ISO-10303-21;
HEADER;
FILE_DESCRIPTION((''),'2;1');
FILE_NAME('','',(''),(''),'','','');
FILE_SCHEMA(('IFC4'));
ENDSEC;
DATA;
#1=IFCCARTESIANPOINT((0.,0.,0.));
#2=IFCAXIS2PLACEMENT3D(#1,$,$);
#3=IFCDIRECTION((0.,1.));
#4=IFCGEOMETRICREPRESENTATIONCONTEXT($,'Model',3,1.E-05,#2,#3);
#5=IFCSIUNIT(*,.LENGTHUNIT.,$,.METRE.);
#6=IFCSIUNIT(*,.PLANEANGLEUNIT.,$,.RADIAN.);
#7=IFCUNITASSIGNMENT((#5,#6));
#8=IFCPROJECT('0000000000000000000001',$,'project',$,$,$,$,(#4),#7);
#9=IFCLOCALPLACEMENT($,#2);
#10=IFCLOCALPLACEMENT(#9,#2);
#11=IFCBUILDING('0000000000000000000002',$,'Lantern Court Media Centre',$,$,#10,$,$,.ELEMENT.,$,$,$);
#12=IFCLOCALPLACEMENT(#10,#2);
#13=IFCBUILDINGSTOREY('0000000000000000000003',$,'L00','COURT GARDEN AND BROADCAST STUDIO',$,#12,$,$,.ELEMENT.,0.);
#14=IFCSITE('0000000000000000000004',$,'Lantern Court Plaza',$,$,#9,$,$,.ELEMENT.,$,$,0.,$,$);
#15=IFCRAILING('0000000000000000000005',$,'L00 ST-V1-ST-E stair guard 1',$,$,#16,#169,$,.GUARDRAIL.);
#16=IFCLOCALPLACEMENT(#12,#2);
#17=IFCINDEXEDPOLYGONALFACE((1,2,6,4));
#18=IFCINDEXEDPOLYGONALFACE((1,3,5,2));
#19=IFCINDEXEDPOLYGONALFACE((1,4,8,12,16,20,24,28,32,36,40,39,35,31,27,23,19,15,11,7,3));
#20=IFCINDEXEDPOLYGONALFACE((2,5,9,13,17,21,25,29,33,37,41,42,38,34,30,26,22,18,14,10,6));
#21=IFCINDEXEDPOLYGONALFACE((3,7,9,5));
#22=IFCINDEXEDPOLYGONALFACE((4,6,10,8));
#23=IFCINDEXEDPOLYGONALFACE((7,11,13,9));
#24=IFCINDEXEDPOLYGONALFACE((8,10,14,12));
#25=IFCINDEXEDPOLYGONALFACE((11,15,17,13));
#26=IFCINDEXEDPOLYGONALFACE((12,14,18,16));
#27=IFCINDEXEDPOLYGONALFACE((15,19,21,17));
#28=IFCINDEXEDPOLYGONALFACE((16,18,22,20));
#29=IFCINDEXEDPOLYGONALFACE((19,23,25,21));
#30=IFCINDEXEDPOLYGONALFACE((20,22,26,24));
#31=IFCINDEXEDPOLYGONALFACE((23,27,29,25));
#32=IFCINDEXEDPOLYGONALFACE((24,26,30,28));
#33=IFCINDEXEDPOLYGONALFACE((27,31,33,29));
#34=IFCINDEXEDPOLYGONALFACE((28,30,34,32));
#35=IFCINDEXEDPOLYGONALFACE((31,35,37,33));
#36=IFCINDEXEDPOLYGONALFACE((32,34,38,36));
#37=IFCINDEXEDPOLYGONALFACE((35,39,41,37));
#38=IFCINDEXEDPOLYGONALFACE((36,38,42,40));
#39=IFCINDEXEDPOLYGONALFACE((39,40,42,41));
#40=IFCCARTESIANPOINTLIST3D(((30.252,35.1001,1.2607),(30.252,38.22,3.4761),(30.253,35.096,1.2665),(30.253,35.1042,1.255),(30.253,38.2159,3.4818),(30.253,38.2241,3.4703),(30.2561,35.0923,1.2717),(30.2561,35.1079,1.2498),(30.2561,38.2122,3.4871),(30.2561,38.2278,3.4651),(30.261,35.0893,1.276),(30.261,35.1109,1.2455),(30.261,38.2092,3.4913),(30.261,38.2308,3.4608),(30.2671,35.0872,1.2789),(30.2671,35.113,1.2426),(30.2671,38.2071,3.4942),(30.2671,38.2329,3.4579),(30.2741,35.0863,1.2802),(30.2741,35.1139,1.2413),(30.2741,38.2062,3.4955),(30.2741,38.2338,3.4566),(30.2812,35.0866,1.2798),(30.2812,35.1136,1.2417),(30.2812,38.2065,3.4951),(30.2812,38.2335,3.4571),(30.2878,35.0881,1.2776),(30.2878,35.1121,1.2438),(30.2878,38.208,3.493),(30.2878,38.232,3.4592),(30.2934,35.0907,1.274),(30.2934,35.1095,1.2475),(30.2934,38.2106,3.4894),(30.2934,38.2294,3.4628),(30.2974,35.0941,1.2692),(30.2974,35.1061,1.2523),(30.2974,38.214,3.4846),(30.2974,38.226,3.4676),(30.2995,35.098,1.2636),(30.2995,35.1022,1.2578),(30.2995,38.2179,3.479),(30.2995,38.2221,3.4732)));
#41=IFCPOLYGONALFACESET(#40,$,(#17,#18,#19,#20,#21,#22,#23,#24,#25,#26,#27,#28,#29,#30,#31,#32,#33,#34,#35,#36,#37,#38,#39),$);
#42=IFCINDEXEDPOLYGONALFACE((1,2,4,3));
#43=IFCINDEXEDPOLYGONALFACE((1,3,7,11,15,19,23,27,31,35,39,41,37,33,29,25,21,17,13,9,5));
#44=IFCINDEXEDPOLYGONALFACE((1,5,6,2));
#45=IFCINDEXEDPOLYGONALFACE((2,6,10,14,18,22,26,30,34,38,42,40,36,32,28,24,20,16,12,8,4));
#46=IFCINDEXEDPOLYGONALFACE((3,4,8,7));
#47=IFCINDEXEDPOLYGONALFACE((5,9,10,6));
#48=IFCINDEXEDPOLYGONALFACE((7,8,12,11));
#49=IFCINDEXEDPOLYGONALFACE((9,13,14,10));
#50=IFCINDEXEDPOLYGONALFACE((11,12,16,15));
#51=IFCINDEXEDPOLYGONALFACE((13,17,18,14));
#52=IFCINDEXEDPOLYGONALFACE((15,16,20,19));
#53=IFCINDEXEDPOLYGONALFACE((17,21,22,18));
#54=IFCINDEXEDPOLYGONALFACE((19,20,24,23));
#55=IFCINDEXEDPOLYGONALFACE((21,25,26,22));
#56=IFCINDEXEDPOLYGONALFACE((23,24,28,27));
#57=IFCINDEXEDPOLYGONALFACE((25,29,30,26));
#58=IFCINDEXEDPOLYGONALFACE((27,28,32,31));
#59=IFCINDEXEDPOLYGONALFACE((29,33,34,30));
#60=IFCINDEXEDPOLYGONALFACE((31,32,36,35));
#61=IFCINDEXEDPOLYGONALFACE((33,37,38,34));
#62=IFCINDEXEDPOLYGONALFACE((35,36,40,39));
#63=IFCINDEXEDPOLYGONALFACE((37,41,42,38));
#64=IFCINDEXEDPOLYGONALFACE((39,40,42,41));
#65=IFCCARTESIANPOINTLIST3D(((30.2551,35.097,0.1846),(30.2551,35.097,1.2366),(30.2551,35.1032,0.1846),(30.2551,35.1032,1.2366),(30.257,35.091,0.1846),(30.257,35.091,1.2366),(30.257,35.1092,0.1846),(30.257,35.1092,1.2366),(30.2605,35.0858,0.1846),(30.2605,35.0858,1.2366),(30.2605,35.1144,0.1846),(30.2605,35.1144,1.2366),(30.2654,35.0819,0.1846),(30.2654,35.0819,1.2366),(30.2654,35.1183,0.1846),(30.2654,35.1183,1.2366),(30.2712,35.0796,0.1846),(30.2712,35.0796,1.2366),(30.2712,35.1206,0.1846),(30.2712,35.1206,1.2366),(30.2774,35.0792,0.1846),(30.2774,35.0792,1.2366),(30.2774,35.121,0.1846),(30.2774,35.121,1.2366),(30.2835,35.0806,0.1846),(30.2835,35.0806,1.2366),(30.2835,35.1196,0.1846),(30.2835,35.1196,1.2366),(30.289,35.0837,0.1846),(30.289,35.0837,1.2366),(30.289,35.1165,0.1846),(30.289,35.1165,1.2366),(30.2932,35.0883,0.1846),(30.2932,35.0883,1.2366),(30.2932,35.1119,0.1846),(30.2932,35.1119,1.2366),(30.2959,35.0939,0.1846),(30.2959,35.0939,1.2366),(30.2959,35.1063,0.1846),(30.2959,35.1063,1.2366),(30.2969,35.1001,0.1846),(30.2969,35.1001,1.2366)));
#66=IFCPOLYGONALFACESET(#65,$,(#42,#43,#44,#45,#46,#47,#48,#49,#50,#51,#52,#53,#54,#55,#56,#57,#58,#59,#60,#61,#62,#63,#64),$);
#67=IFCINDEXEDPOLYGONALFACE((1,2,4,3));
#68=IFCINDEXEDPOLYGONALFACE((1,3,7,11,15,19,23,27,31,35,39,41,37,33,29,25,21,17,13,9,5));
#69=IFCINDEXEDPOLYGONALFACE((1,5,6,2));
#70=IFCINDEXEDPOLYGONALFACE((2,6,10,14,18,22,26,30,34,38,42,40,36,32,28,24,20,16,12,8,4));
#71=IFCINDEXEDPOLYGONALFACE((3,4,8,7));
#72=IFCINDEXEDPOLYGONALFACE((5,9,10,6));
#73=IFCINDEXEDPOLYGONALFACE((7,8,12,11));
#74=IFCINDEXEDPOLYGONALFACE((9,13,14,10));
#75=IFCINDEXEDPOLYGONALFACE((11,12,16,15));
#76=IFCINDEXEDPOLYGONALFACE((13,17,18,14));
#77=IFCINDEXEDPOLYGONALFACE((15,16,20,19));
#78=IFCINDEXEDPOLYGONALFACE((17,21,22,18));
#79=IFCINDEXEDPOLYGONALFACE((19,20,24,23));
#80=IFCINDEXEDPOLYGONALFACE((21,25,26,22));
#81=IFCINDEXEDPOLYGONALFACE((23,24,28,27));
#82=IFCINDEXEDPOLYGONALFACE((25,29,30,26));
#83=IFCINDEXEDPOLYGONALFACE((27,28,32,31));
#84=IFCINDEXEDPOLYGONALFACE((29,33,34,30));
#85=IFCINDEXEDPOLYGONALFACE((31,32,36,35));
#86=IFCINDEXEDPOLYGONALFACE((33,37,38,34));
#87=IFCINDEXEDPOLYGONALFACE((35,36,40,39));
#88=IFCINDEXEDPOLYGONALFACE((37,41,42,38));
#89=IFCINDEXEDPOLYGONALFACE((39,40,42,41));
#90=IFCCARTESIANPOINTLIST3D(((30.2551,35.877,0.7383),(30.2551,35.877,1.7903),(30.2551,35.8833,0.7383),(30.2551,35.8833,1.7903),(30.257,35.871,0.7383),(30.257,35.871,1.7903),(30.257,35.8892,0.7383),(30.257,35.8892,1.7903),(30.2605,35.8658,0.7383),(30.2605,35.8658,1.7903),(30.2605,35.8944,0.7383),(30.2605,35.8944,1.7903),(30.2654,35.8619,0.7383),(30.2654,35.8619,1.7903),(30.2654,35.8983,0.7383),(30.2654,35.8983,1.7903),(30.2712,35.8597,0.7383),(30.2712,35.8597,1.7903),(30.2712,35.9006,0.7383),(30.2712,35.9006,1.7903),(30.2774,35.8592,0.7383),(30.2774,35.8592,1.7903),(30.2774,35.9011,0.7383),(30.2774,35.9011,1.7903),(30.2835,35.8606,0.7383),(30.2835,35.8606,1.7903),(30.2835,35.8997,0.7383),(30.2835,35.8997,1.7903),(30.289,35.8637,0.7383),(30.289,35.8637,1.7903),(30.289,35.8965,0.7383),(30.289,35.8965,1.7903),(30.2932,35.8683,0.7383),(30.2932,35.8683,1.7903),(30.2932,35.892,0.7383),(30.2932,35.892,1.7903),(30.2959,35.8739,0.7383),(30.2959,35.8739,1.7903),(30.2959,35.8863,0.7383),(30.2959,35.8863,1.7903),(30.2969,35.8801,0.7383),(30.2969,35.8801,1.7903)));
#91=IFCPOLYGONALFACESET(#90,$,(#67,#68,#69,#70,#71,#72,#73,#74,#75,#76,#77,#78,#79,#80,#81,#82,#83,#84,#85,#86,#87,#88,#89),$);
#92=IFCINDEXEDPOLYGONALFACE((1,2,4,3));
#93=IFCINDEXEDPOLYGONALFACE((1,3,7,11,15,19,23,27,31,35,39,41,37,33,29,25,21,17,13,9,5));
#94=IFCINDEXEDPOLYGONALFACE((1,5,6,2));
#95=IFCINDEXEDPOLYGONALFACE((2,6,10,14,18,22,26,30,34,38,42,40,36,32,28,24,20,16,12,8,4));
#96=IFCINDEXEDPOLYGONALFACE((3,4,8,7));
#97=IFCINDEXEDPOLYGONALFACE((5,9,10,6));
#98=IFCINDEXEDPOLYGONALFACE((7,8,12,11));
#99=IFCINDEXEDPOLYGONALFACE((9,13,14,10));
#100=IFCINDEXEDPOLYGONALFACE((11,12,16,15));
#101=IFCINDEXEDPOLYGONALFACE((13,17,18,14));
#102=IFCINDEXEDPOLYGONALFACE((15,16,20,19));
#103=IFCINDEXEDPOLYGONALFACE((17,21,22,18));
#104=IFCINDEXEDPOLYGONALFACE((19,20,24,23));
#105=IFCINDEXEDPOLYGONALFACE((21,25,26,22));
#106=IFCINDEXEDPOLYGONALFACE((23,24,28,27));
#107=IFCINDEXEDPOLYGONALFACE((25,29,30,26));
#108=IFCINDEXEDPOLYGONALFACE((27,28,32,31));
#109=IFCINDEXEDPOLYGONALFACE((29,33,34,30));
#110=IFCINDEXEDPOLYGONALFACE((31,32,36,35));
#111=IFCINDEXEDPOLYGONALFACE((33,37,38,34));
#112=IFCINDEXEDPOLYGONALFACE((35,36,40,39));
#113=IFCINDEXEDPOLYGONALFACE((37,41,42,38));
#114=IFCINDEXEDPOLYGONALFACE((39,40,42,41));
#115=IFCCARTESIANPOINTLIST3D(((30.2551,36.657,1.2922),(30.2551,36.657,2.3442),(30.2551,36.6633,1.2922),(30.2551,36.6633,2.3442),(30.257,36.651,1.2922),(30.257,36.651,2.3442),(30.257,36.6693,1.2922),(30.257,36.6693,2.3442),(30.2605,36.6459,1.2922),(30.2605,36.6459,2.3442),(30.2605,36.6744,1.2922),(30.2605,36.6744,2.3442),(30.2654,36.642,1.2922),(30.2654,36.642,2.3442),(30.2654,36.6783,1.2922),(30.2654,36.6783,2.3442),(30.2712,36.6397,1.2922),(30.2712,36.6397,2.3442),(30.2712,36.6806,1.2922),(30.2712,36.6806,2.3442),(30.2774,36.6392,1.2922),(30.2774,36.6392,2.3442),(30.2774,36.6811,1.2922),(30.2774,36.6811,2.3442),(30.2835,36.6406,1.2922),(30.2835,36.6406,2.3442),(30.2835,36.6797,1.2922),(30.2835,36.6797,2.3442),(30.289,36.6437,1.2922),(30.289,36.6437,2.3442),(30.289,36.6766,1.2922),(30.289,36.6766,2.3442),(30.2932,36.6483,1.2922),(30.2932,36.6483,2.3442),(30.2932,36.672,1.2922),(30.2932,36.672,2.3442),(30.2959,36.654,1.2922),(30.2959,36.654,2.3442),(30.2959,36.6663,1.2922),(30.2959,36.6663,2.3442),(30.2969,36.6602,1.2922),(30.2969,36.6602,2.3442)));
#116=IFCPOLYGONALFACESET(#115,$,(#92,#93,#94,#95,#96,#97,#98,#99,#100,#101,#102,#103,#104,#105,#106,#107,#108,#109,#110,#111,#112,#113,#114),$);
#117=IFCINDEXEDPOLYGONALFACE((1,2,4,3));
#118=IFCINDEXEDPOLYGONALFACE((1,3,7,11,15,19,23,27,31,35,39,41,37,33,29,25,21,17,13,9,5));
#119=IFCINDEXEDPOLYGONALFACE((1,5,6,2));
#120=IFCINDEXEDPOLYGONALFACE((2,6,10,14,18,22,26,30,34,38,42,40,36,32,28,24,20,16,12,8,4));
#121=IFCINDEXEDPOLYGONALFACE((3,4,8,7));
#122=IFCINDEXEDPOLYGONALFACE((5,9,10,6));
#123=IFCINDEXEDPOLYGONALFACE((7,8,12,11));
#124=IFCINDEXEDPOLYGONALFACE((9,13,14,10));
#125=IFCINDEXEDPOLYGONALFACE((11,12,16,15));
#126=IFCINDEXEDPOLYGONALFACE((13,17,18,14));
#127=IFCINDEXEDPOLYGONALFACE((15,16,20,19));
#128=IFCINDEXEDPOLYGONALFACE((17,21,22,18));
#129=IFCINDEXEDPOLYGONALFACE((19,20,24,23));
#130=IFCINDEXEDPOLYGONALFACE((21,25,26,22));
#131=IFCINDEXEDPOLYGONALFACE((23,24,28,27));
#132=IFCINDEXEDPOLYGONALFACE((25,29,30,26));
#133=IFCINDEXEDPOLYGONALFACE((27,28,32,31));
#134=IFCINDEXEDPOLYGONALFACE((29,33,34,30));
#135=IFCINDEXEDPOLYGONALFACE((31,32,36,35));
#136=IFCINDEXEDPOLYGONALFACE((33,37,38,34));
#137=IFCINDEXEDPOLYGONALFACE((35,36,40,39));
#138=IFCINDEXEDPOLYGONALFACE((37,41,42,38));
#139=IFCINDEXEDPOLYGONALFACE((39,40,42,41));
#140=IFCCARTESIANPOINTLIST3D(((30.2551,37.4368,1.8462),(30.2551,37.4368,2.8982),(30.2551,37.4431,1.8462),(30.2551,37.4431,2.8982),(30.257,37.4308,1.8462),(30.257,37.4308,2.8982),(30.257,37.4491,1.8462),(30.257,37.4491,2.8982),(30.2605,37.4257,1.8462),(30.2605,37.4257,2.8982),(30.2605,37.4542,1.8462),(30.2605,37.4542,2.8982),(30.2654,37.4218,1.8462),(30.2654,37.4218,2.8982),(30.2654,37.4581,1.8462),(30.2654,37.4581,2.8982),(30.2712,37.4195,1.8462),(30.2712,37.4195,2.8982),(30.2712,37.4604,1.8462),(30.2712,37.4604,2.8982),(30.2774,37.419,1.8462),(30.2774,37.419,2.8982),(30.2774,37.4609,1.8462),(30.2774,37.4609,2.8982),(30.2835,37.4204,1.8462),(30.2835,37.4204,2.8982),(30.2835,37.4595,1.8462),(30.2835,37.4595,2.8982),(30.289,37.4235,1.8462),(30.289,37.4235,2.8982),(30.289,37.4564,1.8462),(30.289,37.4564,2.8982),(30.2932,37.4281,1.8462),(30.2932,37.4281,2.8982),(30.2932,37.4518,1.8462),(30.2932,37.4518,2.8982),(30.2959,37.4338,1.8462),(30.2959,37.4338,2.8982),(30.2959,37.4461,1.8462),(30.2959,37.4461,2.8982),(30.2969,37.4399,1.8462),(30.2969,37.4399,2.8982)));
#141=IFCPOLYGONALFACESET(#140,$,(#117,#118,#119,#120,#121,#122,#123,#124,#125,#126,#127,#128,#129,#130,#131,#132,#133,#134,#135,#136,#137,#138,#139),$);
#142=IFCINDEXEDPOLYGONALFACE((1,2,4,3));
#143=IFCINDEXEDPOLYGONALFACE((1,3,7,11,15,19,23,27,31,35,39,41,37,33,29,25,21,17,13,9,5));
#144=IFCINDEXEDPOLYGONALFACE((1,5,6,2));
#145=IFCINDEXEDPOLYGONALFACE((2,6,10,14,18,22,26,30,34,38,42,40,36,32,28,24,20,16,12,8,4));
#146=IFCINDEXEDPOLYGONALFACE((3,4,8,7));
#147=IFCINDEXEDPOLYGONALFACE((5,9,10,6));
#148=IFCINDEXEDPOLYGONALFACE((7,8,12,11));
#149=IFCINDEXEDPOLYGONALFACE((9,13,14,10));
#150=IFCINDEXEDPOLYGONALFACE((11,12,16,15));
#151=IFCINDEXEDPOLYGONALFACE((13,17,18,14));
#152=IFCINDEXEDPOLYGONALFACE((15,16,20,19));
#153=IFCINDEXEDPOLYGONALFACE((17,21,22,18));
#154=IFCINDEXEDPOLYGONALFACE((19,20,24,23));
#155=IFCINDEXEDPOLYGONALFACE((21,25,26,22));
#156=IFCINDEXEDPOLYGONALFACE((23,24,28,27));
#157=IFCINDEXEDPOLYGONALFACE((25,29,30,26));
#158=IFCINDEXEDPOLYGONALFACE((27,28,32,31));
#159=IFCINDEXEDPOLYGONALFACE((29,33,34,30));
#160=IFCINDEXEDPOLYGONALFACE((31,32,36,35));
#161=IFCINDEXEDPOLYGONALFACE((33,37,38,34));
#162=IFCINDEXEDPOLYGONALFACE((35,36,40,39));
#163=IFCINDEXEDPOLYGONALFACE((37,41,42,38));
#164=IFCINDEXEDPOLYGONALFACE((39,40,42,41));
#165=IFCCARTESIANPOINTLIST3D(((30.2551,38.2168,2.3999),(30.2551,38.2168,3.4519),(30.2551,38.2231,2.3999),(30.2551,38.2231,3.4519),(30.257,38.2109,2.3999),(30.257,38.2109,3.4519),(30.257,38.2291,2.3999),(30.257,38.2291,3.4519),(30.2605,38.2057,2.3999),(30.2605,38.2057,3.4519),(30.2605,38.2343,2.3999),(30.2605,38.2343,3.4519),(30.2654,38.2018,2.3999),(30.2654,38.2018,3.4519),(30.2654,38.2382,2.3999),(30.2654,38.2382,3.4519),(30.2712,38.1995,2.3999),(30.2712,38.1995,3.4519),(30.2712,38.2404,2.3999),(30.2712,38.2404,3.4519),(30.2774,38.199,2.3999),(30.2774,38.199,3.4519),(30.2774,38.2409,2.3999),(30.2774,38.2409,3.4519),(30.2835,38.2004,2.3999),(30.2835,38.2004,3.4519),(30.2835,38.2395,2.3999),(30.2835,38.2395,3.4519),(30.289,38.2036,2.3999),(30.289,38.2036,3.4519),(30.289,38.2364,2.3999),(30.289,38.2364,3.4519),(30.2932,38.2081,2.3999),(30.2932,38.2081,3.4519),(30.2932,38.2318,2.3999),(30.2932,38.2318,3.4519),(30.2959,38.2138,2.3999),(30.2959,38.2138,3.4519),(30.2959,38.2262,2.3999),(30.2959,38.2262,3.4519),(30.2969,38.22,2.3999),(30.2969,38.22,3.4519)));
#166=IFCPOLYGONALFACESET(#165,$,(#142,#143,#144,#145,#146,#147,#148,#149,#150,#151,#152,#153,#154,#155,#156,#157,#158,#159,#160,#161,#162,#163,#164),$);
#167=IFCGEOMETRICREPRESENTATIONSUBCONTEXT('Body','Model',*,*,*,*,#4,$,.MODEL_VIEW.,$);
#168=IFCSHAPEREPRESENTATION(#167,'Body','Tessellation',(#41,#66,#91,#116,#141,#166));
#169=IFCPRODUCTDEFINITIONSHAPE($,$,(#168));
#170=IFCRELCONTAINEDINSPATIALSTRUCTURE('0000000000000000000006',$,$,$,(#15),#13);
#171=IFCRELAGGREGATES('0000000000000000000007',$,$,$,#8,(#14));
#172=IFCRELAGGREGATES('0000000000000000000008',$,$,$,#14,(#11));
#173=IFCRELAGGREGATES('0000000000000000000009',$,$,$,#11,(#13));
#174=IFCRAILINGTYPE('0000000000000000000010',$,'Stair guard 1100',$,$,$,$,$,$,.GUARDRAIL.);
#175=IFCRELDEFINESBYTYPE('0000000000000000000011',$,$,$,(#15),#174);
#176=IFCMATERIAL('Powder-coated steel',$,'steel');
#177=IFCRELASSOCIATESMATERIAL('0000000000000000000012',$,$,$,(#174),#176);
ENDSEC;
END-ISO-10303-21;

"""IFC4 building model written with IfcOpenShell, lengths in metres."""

from ifc_helpers import new_model, si_unit, direction, frame, origin, origin_2d, place, context, subcontext, project, spatial, circle, extrude, material, type_object, element, save


model = new_model("IFC4")

# Units and contexts
model_context = context("Model", 3, precision=1e-05, world=origin(), true_north=direction((0.0, 1.0)))
body_context = subcontext(model_context, "Body", "Model", "MODEL_VIEW")
ifc_project = project(units=[si_unit("LENGTHUNIT", "METRE"), si_unit("PLANEANGLEUNIT", "RADIAN")], contexts=[model_context])

# Site, building, storey
site_placement = place(None, origin())
site = spatial("IfcSite", under=ifc_project, at=site_placement, Name="Lantern Court Plaza", CompositionType="ELEMENT", RefElevation=0.0)
building_placement = place(site_placement, origin())
building = spatial("IfcBuilding", under=site, at=building_placement, Name="Lantern Court Media Centre", CompositionType="ELEMENT")
storey_placement = place(building_placement, origin())
storey = spatial("IfcBuildingStorey", under=building, at=storey_placement, Name="L00", Description="COURT GARDEN AND BROADCAST STUDIO", CompositionType="ELEMENT", Elevation=0.0)

# Railing
ifc_material_1 = material(Name="Powder-coated steel", Category="steel")
railing_type_1 = type_object("IfcRailingType", Name="Stair guard 1100", PredefinedType="GUARDRAIL", material=ifc_material_1)
railing_1_placement = place(storey_placement, frame((30.2759, 35.1001, 0.1846)))
element("IfcRailing", 1, at=railing_1_placement, inside=storey, type_object=railing_type_1, Name="L00 ST-V1-ST-E stair guard 1", PredefinedType="GUARDRAIL", context=body_context, shape_type="SweptSolid", body=[
    extrude(circle(Radius=0.0239, at=origin_2d()), frame((0.0, 0.0, 1.0762), z_axis=(0.0, 0.815356, 0.578961), x_axis=(-1.0, 0.0, 0.0)), (0.0, 0.0, 1.0), 3.8264),
    extrude(circle(Radius=0.021, at=origin_2d()), origin(), (0.0, 0.0, 1.0), 1.052),
    extrude(circle(Radius=0.021, at=origin_2d()), frame((0.0, 0.78, 0.5537)), (0.0, 0.0, 1.0), 1.052),
    extrude(circle(Radius=0.021, at=origin_2d()), frame((0.0, 1.5601, 1.1077)), (0.0, 0.0, 1.0), 1.052),
    extrude(circle(Radius=0.021, at=origin_2d()), frame((0.0, 2.3398, 1.6616)), (0.0, 0.0, 1.0), 1.052),
    extrude(circle(Radius=0.021, at=origin_2d()), frame((0.0, 3.1199, 2.2153)), (0.0, 0.0, 1.0), 1.052),
])

save(model, "model.ifc")
